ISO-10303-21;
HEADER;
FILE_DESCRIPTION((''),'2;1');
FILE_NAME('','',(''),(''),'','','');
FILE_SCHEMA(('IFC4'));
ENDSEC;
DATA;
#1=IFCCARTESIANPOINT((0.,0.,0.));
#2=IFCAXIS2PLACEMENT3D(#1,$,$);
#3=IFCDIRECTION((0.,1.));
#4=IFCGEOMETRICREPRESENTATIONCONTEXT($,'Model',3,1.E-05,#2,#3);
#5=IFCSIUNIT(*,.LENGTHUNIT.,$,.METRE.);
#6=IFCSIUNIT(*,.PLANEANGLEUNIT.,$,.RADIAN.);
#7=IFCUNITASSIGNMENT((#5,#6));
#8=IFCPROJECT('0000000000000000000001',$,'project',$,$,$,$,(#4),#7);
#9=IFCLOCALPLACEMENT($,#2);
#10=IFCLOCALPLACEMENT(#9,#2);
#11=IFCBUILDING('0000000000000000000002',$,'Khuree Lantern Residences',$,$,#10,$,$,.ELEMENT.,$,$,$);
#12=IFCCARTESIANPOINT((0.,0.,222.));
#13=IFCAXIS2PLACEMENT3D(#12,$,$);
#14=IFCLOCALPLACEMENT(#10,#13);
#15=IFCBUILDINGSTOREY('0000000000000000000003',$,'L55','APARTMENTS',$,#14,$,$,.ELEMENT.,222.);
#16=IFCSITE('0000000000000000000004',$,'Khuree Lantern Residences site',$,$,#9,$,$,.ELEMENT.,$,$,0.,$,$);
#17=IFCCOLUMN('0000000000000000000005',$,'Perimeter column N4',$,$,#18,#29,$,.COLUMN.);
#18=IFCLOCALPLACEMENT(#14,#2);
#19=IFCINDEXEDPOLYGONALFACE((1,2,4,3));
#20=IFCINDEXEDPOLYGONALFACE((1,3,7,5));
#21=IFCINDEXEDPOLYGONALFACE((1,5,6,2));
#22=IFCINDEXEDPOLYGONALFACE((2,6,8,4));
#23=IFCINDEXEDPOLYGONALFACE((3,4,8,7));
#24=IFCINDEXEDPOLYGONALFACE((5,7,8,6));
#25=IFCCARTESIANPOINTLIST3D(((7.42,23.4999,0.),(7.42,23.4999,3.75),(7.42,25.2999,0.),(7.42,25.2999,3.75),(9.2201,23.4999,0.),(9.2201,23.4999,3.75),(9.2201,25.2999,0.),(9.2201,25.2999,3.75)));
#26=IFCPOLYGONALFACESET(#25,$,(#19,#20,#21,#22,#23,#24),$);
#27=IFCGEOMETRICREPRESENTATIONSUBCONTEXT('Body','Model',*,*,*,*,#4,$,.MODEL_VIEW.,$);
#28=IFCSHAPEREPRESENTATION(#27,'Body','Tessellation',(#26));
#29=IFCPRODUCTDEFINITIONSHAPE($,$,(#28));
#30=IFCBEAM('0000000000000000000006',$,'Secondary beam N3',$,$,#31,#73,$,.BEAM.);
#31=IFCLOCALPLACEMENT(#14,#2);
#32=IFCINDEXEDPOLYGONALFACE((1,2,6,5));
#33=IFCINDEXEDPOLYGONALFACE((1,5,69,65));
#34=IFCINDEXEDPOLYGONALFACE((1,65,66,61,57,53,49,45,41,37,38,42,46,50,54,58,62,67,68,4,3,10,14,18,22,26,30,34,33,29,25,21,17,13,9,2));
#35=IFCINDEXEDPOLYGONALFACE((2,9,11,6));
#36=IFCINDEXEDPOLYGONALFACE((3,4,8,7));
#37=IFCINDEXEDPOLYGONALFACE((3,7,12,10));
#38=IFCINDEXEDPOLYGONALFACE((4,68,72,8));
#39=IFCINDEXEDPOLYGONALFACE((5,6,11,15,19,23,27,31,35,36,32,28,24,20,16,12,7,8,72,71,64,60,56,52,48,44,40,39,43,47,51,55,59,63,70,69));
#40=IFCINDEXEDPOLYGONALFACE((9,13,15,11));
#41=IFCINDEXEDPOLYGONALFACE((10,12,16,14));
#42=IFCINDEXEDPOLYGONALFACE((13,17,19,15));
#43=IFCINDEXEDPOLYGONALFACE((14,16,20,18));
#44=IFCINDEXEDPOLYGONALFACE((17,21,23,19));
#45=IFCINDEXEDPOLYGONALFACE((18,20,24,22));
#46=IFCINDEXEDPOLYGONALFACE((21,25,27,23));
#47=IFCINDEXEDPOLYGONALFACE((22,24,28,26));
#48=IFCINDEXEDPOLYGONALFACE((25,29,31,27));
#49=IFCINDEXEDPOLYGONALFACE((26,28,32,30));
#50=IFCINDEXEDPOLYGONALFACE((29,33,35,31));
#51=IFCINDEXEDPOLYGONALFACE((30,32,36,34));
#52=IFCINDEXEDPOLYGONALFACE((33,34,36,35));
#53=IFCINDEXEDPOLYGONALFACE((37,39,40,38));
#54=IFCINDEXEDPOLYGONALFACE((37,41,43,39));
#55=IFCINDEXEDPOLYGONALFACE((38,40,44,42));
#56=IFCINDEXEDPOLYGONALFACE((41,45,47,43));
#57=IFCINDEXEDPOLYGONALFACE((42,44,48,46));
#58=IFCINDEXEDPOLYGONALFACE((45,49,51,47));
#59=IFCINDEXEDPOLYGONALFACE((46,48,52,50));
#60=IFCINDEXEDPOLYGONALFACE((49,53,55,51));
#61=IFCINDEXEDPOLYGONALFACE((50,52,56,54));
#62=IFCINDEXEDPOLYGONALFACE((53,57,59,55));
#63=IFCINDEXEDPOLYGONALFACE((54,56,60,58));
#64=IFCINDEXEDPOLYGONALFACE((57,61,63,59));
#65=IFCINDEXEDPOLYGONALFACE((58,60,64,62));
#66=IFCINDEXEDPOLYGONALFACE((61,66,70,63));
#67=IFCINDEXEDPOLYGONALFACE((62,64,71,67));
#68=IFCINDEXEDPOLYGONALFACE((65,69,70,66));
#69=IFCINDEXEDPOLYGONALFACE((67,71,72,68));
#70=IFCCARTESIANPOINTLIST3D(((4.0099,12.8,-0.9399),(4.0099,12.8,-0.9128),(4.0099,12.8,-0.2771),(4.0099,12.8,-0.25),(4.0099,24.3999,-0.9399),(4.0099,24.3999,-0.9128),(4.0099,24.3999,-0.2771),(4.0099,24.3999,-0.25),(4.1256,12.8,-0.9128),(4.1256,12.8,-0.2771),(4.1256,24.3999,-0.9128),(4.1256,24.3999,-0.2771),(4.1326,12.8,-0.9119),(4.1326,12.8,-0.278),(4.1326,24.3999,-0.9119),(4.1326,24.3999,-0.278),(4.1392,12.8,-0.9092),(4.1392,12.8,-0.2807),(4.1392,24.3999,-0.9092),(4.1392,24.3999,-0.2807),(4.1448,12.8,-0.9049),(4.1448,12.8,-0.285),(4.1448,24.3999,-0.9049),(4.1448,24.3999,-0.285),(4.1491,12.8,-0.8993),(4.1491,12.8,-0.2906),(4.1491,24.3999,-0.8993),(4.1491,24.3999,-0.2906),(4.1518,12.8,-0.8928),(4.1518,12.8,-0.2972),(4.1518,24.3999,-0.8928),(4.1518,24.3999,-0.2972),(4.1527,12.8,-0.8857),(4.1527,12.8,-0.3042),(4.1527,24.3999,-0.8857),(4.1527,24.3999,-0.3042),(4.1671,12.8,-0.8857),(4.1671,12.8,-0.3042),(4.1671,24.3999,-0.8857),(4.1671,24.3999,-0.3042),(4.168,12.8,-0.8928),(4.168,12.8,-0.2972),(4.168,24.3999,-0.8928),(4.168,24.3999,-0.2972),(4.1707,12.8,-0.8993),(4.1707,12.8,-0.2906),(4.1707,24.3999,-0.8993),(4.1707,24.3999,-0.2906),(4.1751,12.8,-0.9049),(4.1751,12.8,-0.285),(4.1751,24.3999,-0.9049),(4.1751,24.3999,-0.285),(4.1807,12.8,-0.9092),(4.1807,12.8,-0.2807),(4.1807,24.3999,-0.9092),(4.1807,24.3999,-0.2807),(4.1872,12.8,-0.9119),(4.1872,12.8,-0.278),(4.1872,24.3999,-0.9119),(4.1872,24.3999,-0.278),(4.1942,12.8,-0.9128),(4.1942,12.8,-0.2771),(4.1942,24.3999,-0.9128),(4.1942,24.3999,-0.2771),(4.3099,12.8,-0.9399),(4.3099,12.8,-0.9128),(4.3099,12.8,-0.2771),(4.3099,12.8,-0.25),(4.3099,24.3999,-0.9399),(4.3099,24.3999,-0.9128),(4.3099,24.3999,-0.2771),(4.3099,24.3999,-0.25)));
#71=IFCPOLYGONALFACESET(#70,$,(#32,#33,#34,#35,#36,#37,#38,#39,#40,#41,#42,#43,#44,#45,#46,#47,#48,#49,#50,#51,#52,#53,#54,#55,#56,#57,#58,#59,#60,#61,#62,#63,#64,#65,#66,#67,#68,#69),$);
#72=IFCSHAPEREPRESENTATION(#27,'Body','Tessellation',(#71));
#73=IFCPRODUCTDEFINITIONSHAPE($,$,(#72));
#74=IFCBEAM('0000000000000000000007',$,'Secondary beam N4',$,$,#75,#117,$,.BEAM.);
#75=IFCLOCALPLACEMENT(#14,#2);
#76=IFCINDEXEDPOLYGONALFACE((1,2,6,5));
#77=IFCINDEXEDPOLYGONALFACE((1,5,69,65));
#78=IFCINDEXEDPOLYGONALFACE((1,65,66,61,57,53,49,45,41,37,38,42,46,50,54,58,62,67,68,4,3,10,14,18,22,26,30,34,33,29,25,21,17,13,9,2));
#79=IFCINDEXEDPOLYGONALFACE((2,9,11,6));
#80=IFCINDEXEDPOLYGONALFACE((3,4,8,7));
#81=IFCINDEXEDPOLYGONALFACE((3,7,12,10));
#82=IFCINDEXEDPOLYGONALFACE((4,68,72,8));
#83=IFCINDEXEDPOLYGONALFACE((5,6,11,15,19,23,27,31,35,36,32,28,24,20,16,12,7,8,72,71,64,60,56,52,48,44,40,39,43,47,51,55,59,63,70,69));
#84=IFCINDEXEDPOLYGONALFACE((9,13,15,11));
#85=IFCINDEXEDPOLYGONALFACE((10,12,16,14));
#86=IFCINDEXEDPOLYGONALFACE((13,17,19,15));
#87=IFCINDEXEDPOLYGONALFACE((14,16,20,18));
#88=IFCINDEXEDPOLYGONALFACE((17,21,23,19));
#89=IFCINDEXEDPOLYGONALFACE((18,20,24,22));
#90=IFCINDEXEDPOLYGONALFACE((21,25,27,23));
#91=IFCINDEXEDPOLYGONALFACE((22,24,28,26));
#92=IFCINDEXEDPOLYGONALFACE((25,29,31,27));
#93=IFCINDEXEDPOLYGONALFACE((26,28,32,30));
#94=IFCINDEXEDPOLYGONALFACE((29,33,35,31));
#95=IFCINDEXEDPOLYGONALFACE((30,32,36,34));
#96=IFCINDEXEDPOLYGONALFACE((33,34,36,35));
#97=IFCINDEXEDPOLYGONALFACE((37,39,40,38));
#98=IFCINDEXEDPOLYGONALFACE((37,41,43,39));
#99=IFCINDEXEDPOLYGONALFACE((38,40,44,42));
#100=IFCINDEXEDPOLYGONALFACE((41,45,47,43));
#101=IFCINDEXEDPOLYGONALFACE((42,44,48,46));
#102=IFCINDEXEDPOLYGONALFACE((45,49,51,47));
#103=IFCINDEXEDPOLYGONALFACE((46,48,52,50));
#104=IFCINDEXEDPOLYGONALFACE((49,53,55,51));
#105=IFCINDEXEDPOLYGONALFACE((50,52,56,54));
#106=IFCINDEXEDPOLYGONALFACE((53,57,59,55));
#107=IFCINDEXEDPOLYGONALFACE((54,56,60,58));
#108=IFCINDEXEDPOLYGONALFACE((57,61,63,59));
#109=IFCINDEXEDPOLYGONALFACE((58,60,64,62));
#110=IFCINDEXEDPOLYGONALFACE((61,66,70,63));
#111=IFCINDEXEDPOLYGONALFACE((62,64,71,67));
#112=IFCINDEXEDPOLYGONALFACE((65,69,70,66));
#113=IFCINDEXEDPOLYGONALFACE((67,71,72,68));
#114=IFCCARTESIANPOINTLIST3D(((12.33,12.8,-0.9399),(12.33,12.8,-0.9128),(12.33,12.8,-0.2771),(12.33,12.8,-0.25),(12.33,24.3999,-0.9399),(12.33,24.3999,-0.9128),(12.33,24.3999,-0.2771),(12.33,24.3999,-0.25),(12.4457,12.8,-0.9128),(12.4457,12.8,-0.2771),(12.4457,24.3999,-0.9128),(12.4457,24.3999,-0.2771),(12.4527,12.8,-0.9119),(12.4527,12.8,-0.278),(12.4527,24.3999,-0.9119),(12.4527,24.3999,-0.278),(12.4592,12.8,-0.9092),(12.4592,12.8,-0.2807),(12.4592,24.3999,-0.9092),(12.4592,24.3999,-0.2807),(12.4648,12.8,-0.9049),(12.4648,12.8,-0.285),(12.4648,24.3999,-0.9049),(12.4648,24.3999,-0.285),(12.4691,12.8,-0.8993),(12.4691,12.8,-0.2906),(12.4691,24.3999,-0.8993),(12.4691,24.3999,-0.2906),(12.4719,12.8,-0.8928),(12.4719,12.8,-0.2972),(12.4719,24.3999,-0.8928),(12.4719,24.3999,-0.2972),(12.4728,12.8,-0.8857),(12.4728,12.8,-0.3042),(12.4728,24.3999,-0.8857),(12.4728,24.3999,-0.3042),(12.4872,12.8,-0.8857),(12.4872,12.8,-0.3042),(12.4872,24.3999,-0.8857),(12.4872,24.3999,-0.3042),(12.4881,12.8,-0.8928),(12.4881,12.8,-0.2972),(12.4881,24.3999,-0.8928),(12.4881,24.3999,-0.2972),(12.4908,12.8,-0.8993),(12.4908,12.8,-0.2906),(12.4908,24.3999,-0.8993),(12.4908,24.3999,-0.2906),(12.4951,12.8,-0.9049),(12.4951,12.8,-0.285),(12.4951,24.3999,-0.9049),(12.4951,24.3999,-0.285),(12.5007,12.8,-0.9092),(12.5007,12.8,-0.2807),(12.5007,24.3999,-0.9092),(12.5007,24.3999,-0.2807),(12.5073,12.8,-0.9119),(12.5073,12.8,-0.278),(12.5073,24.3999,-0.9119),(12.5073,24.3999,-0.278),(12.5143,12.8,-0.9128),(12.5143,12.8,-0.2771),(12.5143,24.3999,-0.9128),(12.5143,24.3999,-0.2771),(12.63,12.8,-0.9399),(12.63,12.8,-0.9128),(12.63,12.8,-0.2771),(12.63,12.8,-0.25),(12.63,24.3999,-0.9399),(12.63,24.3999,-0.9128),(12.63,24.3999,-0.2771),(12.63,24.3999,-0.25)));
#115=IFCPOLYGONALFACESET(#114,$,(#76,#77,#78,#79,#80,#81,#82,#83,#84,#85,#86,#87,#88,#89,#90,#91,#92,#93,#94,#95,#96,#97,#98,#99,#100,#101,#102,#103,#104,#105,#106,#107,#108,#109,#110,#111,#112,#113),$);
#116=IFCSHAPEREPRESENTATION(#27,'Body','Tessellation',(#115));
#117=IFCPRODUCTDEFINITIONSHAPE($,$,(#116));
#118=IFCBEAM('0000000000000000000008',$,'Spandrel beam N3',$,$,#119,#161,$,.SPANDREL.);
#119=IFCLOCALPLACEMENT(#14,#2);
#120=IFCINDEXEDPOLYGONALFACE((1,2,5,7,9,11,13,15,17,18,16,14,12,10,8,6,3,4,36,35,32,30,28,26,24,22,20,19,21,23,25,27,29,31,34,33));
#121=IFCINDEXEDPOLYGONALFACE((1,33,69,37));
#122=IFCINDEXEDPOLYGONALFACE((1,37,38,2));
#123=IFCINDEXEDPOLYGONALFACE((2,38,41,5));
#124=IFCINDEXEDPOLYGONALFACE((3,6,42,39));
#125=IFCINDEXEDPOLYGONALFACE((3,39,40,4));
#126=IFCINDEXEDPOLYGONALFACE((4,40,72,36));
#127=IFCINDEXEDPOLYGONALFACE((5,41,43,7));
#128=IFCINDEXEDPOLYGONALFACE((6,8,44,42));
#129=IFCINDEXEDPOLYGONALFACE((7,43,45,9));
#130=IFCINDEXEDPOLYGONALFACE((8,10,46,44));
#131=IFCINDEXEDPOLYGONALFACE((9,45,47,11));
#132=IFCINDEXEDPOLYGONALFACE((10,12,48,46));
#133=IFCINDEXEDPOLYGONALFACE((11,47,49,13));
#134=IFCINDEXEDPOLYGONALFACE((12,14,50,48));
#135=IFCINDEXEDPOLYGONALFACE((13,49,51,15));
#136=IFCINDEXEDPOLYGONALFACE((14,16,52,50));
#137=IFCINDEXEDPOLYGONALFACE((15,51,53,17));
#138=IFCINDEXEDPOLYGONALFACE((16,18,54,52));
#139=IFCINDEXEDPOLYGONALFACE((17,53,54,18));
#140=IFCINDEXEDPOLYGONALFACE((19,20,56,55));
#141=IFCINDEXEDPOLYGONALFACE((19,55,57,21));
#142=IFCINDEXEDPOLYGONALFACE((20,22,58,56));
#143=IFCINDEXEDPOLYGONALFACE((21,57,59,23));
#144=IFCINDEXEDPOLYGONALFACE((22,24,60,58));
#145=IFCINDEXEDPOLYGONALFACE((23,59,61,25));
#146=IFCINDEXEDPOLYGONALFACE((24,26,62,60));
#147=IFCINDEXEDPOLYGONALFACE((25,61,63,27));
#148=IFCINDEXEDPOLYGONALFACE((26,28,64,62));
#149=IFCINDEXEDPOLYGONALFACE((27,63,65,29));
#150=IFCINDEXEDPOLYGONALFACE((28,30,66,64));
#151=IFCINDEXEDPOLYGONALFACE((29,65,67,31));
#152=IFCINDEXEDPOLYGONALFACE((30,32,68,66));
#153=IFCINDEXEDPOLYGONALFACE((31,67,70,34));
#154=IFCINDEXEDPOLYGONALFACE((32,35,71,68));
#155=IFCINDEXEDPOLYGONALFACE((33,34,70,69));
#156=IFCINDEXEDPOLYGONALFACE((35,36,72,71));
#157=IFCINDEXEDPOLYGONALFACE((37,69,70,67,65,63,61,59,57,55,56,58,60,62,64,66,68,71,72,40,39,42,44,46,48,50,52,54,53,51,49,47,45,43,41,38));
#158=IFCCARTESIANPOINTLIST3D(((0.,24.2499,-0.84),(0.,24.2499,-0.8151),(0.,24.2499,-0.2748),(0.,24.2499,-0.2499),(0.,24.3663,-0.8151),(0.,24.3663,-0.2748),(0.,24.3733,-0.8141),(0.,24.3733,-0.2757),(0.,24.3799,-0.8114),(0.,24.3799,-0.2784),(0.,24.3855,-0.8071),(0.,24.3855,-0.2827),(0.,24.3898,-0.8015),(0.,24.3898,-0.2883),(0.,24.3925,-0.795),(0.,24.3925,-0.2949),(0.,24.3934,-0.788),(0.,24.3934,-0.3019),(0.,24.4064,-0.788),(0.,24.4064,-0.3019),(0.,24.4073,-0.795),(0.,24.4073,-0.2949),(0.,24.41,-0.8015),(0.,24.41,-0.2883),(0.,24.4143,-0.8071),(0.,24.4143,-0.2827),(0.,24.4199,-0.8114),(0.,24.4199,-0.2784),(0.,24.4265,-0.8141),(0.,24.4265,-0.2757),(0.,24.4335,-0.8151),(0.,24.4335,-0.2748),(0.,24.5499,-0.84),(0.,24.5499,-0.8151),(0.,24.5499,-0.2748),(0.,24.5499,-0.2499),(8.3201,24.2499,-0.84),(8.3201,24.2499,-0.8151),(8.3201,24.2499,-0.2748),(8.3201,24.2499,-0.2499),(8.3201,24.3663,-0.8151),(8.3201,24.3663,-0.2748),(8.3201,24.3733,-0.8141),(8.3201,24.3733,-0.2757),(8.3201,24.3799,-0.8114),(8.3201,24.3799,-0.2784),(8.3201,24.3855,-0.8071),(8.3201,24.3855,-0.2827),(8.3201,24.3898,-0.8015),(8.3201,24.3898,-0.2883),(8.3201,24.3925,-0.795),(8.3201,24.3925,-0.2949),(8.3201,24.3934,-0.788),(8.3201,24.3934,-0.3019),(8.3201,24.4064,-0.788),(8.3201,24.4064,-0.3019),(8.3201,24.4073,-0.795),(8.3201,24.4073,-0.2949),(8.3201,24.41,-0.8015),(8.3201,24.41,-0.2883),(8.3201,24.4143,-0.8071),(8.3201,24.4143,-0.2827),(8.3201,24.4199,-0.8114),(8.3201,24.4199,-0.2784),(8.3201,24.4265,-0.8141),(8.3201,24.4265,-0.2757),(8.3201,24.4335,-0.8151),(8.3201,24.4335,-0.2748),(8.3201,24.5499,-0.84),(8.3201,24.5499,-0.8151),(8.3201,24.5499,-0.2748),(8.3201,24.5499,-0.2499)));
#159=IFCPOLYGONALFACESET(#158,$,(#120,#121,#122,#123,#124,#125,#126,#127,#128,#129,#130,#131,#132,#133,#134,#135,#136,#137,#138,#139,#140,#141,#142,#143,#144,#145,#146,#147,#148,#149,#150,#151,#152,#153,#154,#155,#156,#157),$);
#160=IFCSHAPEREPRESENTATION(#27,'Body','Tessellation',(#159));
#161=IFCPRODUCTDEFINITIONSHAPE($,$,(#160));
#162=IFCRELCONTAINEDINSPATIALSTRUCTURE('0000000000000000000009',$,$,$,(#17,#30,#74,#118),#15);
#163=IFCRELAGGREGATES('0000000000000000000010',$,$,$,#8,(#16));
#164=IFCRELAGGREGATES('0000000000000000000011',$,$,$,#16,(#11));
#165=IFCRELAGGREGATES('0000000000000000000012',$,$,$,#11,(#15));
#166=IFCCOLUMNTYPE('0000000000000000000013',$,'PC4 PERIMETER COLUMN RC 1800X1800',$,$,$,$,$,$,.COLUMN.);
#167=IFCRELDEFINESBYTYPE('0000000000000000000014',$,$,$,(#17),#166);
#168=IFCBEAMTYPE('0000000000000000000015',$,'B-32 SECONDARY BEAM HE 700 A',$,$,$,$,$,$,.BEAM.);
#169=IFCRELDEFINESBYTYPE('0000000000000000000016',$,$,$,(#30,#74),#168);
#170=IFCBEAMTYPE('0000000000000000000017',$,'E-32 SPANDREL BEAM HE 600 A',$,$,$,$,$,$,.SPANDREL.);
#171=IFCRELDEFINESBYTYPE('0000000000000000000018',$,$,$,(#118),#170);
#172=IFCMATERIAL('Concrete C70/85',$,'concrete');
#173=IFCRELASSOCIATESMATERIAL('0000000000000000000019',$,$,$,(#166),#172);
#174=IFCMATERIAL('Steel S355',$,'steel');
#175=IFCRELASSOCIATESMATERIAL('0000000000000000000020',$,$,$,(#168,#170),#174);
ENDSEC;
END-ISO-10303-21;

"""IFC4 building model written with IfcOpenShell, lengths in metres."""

from ifc_helpers import new_model, si_unit, direction, frame, origin, origin_2d, place, context, subcontext, project, spatial, rectangle, i_section, extrude, material, material_profile, profile_set, type_object, element, save


model = new_model("IFC4")

# Units and contexts
model_context = context("Model", 3, precision=1e-05, world=origin(), true_north=direction((0.0, 1.0)))
body_context = subcontext(model_context, "Body", "Model", "MODEL_VIEW")
ifc_project = project(units=[si_unit("LENGTHUNIT", "METRE"), si_unit("PLANEANGLEUNIT", "RADIAN")], contexts=[model_context])

# Site, building, storey
site_placement = place(None, origin())
site = spatial("IfcSite", under=ifc_project, at=site_placement, Name="Khuree Lantern Residences site", CompositionType="ELEMENT", RefElevation=0.0)
building_placement = place(site_placement, origin())
building = spatial("IfcBuilding", under=site, at=building_placement, Name="Khuree Lantern Residences", CompositionType="ELEMENT")
storey_placement = place(building_placement, frame((0.0, 0.0, 222.0)))
storey = spatial("IfcBuildingStorey", under=building, at=storey_placement, Name="L55", Description="APARTMENTS", CompositionType="ELEMENT", Elevation=222.0)

# Column
ifc_material_1 = material(Name="Concrete C70/85", Category="concrete")
ifc_material_profile_1 = material_profile(ifc_material_1, rectangle(XDim=1.8, YDim=1.8, at=origin_2d()), Name="RC 1800X1800")
ifc_profile_set_1 = profile_set([ifc_material_profile_1], Name="Concrete C70/85")
column_type = type_object("IfcColumnType", Name="PC4 PERIMETER COLUMN RC 1800X1800", PredefinedType="COLUMN", material=ifc_profile_set_1)
column_placement = place(storey_placement, frame((8.3201, 24.3999, 0.0), z_axis=(0.0, 0.0, 1.0), x_axis=(1.0, 0.0, 0.0)))
element("IfcColumn", 1, at=column_placement, inside=storey, type_object=column_type, Name="Perimeter column N4", PredefinedType="COLUMN", context=body_context, shape_type="SweptSolid", body=[
    extrude(rectangle(XDim=1.8, YDim=1.8, at=origin_2d()), origin(), (0.0, 0.0, 1.0), 3.75),
])

# Beams
ifc_material_2 = material(Name="Steel S355", Category="steel")
ifc_material_profile_2 = material_profile(ifc_material_2, i_section(OverallWidth=0.3, OverallDepth=0.6899, WebThickness=0.0144, FlangeThickness=0.0271, FilletRadius=0.0271, at=origin_2d()), Name="HE 700 A")
ifc_profile_set_2 = profile_set([ifc_material_profile_2], Name="Steel S355")
beam_type_1 = type_object("IfcBeamType", Name="B-32 SECONDARY BEAM HE 700 A", PredefinedType="BEAM", material=ifc_profile_set_2)
for number, where, z_axis, x_axis, name in (
    (2, (4.1599, 24.3999, -0.595), (0.0, -1.0, 0.0), (1.0, 0.0, 0.0), "Secondary beam N3"),
    (3, (12.48, 24.3999, -0.595), (0.0, -1.0, 0.0), (1.0, 0.0, 0.0), "Secondary beam N4"),
):
    element("IfcBeam", number, at=place(storey_placement, frame(where, z_axis=z_axis, x_axis=x_axis)), inside=storey, type_object=beam_type_1, Name=name, PredefinedType="BEAM", context=body_context, shape_type="SweptSolid", body=[
        extrude(i_section(OverallWidth=0.3, OverallDepth=0.6899, WebThickness=0.0144, FlangeThickness=0.0271, FilletRadius=0.0271, at=origin_2d()), origin(), (0.0, 0.0, 1.0), 11.5999),
    ])
ifc_material_profile_3 = material_profile(ifc_material_2, i_section(OverallWidth=0.3, OverallDepth=0.5901, WebThickness=0.0129, FlangeThickness=0.0249, FilletRadius=0.0271, at=origin_2d()), Name="HE 600 A")
ifc_profile_set_3 = profile_set([ifc_material_profile_3], Name="Steel S355")
beam_type_2 = type_object("IfcBeamType", Name="E-32 SPANDREL BEAM HE 600 A", PredefinedType="SPANDREL", material=ifc_profile_set_3)
beam_1_placement = place(storey_placement, frame((0.0, 24.3999, -0.5449), z_axis=(1.0, 0.0, 0.0), x_axis=(0.0, 1.0, 0.0)))
element("IfcBeam", 4, at=beam_1_placement, inside=storey, type_object=beam_type_2, Name="Spandrel beam N3", PredefinedType="SPANDREL", context=body_context, shape_type="SweptSolid", body=[
    extrude(i_section(OverallWidth=0.3, OverallDepth=0.5901, WebThickness=0.0129, FlangeThickness=0.0249, FilletRadius=0.0271, at=origin_2d()), origin(), (0.0, 0.0, 1.0), 8.3201),
])

save(model, "model.ifc")
